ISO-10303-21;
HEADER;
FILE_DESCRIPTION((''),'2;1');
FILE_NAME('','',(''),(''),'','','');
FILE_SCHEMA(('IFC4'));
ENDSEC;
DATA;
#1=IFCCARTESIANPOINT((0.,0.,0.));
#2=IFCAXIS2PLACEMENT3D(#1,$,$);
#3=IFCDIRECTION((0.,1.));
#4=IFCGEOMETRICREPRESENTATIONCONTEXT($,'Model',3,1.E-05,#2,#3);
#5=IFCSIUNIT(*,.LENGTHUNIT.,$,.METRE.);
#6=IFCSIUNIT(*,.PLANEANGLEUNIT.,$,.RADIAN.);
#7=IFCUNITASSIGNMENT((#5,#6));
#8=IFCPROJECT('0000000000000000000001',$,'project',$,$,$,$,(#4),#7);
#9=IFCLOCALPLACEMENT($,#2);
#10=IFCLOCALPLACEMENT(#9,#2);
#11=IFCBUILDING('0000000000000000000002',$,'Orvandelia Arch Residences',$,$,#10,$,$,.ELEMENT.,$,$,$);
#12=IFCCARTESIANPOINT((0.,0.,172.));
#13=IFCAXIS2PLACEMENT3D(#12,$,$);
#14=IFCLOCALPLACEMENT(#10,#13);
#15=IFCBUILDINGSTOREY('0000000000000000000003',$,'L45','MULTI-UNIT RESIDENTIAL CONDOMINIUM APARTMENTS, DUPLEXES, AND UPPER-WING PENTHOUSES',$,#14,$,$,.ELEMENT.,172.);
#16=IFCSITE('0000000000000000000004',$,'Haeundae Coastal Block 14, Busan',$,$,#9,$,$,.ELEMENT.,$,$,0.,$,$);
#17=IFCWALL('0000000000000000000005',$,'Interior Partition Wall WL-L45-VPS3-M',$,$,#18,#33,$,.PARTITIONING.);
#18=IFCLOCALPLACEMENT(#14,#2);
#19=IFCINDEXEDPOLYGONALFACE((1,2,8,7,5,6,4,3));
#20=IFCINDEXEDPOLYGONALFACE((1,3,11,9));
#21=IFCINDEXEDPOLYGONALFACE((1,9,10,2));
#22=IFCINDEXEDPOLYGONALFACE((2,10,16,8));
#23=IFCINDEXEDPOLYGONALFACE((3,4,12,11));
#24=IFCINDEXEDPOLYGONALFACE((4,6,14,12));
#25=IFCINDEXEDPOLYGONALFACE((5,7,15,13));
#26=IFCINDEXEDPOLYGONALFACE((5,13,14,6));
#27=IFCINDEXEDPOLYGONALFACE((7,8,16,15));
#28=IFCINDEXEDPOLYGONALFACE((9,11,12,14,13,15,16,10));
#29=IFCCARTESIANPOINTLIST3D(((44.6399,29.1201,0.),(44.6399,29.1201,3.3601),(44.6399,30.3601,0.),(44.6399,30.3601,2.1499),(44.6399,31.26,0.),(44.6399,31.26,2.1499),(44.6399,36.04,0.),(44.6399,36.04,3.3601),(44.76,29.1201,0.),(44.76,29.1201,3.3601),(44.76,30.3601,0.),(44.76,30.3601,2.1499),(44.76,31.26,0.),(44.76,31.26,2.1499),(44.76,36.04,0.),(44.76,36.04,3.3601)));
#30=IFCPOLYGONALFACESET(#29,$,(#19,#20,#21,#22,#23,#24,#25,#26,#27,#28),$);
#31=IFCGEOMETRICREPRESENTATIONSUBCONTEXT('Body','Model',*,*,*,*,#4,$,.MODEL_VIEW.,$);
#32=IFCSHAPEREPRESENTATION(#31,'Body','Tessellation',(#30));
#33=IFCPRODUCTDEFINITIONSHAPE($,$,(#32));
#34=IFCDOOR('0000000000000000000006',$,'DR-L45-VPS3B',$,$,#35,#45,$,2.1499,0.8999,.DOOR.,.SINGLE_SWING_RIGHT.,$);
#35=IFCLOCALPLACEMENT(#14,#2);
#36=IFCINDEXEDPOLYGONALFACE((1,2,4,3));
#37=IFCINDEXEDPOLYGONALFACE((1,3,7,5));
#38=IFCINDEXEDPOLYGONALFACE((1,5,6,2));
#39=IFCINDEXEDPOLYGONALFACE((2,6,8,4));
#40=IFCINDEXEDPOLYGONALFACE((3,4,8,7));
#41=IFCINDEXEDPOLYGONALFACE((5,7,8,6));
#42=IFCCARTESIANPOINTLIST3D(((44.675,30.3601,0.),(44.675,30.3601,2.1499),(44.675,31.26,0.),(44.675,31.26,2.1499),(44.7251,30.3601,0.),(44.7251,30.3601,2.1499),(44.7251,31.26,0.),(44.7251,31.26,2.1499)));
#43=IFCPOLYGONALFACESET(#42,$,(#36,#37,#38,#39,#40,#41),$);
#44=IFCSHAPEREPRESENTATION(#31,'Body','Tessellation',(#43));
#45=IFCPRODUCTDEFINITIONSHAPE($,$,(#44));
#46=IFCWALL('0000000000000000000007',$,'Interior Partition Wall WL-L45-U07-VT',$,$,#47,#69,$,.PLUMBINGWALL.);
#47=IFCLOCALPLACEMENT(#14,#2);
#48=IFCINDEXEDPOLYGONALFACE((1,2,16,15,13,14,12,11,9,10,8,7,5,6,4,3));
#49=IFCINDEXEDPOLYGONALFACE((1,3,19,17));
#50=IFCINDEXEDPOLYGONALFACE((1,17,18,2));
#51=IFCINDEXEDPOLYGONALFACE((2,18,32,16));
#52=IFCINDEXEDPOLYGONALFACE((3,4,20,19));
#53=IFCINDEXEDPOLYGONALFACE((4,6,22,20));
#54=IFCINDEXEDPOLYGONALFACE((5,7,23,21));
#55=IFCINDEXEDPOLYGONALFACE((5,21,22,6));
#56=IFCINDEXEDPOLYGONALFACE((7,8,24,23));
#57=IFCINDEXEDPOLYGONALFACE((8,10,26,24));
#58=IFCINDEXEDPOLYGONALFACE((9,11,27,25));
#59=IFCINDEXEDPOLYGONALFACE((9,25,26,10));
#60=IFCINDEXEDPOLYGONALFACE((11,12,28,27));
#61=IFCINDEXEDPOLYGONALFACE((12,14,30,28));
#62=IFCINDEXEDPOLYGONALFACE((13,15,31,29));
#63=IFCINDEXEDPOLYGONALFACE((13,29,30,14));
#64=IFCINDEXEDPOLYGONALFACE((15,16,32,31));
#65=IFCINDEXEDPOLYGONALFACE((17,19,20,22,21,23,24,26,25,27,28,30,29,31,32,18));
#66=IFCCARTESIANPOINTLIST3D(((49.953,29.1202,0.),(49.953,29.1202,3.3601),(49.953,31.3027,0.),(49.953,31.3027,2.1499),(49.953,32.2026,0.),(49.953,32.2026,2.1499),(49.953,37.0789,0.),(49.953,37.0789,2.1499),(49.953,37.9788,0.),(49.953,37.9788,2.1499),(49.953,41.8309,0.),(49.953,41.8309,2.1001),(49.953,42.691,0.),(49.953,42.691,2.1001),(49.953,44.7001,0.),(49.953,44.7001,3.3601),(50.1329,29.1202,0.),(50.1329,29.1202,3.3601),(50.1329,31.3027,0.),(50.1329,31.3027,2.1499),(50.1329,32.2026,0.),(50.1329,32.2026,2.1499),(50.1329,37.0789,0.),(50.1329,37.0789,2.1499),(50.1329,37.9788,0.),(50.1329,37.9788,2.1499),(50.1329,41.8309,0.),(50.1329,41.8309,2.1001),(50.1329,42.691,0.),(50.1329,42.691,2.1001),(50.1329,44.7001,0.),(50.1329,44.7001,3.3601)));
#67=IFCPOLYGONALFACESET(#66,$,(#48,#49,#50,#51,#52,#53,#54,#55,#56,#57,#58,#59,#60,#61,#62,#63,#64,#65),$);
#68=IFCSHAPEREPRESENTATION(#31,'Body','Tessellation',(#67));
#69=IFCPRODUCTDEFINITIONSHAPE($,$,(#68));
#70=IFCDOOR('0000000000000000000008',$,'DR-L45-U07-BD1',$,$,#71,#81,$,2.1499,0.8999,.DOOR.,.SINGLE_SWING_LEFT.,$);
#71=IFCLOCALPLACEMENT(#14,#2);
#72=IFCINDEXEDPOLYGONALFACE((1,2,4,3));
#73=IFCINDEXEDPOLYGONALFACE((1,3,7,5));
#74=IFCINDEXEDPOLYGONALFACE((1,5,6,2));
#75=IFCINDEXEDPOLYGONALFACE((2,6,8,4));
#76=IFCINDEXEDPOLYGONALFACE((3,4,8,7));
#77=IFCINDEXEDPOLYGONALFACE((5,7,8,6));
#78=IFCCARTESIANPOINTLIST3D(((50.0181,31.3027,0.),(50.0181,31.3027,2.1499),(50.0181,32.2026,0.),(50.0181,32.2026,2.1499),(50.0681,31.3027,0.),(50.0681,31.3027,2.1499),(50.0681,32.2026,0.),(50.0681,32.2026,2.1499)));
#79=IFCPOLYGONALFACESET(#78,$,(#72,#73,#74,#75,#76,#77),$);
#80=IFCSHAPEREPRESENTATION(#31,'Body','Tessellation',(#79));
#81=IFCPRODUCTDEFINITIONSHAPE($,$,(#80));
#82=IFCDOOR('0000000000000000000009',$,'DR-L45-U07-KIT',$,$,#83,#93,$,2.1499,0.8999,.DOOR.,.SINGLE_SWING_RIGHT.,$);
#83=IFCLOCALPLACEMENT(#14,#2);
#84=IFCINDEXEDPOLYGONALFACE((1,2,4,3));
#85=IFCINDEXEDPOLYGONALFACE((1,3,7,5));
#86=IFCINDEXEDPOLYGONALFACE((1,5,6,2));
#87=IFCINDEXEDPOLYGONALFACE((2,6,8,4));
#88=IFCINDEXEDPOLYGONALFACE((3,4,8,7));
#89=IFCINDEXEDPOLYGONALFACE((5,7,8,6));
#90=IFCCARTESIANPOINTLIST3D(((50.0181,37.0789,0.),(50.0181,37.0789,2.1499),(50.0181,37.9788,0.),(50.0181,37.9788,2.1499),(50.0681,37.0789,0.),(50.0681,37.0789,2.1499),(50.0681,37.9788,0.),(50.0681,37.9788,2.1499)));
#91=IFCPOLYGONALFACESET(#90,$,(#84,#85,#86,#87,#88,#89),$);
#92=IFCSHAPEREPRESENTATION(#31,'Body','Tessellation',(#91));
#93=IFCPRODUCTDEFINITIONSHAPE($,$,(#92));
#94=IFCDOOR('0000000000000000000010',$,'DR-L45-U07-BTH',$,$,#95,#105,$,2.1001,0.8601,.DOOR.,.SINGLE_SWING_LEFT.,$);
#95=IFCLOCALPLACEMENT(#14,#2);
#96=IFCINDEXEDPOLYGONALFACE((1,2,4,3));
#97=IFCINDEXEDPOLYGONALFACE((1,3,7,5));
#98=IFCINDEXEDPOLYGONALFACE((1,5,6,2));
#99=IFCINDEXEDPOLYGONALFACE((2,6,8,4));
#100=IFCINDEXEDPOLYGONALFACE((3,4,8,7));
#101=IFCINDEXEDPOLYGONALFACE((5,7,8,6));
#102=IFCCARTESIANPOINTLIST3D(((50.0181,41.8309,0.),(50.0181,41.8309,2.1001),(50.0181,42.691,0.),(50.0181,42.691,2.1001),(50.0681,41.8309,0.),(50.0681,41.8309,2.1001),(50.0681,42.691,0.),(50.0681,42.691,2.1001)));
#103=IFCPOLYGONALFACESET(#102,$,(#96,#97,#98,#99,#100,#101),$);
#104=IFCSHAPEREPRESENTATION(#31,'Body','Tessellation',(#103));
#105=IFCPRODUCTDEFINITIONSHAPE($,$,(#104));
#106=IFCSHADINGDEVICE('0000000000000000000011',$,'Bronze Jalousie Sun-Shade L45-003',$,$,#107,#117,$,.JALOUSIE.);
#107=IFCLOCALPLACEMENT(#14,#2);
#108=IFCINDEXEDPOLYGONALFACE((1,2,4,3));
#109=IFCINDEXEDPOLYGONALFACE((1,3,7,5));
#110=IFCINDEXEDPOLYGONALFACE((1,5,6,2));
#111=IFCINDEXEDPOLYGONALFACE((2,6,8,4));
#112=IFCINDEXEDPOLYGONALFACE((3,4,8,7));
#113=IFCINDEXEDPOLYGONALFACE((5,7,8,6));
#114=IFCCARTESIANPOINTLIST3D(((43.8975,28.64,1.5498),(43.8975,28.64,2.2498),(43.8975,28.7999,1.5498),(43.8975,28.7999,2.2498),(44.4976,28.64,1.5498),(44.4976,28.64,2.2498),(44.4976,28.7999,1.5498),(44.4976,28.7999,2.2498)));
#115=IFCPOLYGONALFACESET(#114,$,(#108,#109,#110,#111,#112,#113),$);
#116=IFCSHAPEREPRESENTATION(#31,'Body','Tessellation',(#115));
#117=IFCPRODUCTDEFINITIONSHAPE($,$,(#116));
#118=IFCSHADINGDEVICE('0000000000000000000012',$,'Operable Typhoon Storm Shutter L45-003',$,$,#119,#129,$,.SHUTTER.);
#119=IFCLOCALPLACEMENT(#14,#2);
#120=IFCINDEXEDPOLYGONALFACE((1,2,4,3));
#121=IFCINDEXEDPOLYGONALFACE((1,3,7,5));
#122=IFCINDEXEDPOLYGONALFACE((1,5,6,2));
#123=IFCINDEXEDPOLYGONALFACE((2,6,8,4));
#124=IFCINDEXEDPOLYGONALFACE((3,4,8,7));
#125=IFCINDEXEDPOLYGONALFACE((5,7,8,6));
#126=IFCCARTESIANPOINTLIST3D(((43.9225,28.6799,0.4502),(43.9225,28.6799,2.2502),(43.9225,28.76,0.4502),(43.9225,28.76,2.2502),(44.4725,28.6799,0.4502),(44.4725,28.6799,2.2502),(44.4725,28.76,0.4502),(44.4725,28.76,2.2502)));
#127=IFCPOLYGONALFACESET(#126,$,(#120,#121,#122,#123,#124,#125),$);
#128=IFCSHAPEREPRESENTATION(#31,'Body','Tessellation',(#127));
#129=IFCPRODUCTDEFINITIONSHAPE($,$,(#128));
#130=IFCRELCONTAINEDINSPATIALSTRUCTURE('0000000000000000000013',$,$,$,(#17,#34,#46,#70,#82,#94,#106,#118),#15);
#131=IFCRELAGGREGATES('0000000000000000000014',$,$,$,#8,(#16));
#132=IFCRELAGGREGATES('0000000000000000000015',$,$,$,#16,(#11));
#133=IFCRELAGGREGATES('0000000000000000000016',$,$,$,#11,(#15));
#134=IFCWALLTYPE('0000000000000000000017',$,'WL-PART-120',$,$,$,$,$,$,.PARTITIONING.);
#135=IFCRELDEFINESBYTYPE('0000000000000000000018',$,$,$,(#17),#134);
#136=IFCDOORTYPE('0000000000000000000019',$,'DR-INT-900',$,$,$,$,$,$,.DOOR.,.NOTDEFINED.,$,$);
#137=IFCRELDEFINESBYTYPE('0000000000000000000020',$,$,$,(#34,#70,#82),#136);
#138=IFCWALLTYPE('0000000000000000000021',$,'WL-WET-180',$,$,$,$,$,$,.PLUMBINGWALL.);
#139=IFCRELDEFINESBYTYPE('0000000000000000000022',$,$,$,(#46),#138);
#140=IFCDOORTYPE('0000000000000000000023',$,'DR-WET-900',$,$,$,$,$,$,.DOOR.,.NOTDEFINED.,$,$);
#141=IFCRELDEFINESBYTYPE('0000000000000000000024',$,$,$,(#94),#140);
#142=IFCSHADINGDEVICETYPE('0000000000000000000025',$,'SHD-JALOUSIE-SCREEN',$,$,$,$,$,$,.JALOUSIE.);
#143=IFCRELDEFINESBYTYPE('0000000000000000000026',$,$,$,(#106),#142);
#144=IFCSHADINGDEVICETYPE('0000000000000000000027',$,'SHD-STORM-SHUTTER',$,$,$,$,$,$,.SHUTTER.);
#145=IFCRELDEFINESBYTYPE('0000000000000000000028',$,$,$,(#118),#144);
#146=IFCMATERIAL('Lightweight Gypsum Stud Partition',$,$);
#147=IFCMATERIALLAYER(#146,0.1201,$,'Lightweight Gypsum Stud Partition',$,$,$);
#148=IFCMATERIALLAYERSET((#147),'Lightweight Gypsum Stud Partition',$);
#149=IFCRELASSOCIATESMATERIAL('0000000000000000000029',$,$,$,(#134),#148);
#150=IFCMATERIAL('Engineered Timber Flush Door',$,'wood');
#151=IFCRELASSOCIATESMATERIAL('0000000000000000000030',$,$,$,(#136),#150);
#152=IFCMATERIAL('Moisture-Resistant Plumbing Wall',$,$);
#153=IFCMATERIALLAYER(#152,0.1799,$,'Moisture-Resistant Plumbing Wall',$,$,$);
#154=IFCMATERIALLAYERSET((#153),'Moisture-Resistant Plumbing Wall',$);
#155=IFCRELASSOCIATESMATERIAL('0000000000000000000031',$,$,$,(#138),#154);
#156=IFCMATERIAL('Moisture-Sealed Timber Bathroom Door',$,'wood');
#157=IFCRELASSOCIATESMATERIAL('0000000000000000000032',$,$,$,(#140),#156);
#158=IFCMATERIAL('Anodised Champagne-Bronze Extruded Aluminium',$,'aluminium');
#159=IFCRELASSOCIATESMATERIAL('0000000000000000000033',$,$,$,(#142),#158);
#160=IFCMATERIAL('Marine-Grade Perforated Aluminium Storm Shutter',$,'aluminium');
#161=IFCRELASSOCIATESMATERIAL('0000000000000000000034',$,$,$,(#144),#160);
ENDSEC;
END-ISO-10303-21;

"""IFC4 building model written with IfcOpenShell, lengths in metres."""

from ifc_helpers import new_model, si_unit, direction, frame, frame_2d, origin, origin_2d, place, context, subcontext, project, spatial, rectangle, extrude, material, layer, layer_set, type_object, element, fill, save


model = new_model("IFC4")

# Units and contexts
model_context = context("Model", 3, precision=1e-05, world=origin(), true_north=direction((0.0, 1.0)))
body_context = subcontext(model_context, "Body", "Model", "MODEL_VIEW")
ifc_project = project(units=[si_unit("LENGTHUNIT", "METRE"), si_unit("PLANEANGLEUNIT", "RADIAN")], contexts=[model_context])

# Site, building, storey
site_placement = place(None, origin())
site = spatial("IfcSite", under=ifc_project, at=site_placement, Name="Haeundae Coastal Block 14, Busan", CompositionType="ELEMENT", RefElevation=0.0)
building_placement = place(site_placement, origin())
building = spatial("IfcBuilding", under=site, at=building_placement, Name="Orvandelia Arch Residences", CompositionType="ELEMENT")
storey_placement = place(building_placement, frame((0.0, 0.0, 172.0)))
storey = spatial("IfcBuildingStorey", under=building, at=storey_placement, Name="L45", Description="MULTI-UNIT RESIDENTIAL CONDOMINIUM APARTMENTS, DUPLEXES, AND UPPER-WING PENTHOUSES", CompositionType="ELEMENT", Elevation=172.0)

# Wall, opening, door
ifc_material_1 = material(Name="Lightweight Gypsum Stud Partition")
ifc_layer_1 = layer(ifc_material_1, 0.1201, Name="Lightweight Gypsum Stud Partition")
ifc_layer_set_1 = layer_set([ifc_layer_1], Name="Lightweight Gypsum Stud Partition")
wall_type_1 = type_object("IfcWallType", Name="WL-PART-120", PredefinedType="PARTITIONING", material=ifc_layer_set_1)
wall_1_placement = place(storey_placement, frame((44.7, 29.1201, 0.0), z_axis=(0.0, 0.0, 1.0), x_axis=(0.0, 1.0, 0.0)))
wall_1 = element("IfcWall", 1, at=wall_1_placement, inside=storey, type_object=wall_type_1, Name="Interior Partition Wall WL-L45-VPS3-M", PredefinedType="PARTITIONING", context=body_context, shape_type="SweptSolid", body=[
    extrude(rectangle(XDim=6.9199, YDim=0.1201, at=frame_2d((3.46, 0.0))), origin(), (0.0, 0.0, 1.0), 3.3601),
])
opening_1_placement = place(wall_1_placement, frame((1.24, 0.0, 0.0)))
opening_1 = element("IfcOpeningElement", 2, at=opening_1_placement, cuts=wall_1, PredefinedType="OPENING", context=body_context, shape_type="SweptSolid", body=[
    extrude(rectangle(XDim=0.8999, YDim=2.1499, at=frame_2d((0.45, 1.075))), frame((0.0, 0.0701, 0.0), z_axis=(0.0, -1.0, 0.0), x_axis=(1.0, 0.0, 0.0)), (0.0, 0.0, 1.0), 0.1401),
])
ifc_material_2 = material(Name="Engineered Timber Flush Door", Category="wood")
door_type_1 = type_object("IfcDoorType", Name="DR-INT-900", OperationType="NOTDEFINED", PredefinedType="DOOR", material=ifc_material_2)
door_1_placement = place(opening_1_placement, origin())
door_1 = element("IfcDoor", 3, at=door_1_placement, inside=storey, type_object=door_type_1, Name="DR-L45-VPS3B", OperationType="SINGLE_SWING_RIGHT", OverallHeight=2.1499, OverallWidth=0.8999, PredefinedType="DOOR", context=body_context, shape_type="SweptSolid", body=[
    extrude(rectangle(XDim=0.8999, YDim=2.1499, at=frame_2d((0.45, 1.075))), frame((0.0, 0.0249, 0.0), z_axis=(0.0, -1.0, 0.0), x_axis=(1.0, 0.0, 0.0)), (0.0, 0.0, 1.0), 0.05),
])
fill(opening_1, door_1)

# Wall, openings, doors
ifc_material_3 = material(Name="Moisture-Resistant Plumbing Wall")
ifc_layer_2 = layer(ifc_material_3, 0.1799, Name="Moisture-Resistant Plumbing Wall")
ifc_layer_set_2 = layer_set([ifc_layer_2], Name="Moisture-Resistant Plumbing Wall")
wall_type_2 = type_object("IfcWallType", Name="WL-WET-180", PredefinedType="PLUMBINGWALL", material=ifc_layer_set_2)
wall_2_placement = place(storey_placement, frame((50.043, 29.1201, 0.0), z_axis=(0.0, 0.0, 1.0), x_axis=(0.0, 1.0, 0.0)))
wall_2 = element("IfcWall", 4, at=wall_2_placement, inside=storey, type_object=wall_type_2, Name="Interior Partition Wall WL-L45-U07-VT", PredefinedType="PLUMBINGWALL", context=body_context, shape_type="SweptSolid", body=[
    extrude(rectangle(XDim=15.5798, YDim=0.1799, at=frame_2d((7.79, 0.0))), origin(), (0.0, 0.0, 1.0), 3.3601),
])
opening_2_placement = place(wall_2_placement, frame((2.1826, 0.0, 0.0)))
opening_2 = element("IfcOpeningElement", 5, at=opening_2_placement, cuts=wall_2, PredefinedType="OPENING", context=body_context, shape_type="SweptSolid", body=[
    extrude(rectangle(XDim=0.8999, YDim=2.1499, at=frame_2d((0.45, 1.075))), frame((0.0, 0.1001, 0.0), z_axis=(0.0, -1.0, 0.0), x_axis=(1.0, 0.0, 0.0)), (0.0, 0.0, 1.0), 0.2),
])
opening_3_placement = place(wall_2_placement, frame((7.9587, 0.0, 0.0)))
opening_3 = element("IfcOpeningElement", 6, at=opening_3_placement, cuts=wall_2, PredefinedType="OPENING", context=body_context, shape_type="SweptSolid", body=[
    extrude(rectangle(XDim=0.8999, YDim=2.1499, at=frame_2d((0.45, 1.075))), frame((0.0, 0.1001, 0.0), z_axis=(0.0, -1.0, 0.0), x_axis=(1.0, 0.0, 0.0)), (0.0, 0.0, 1.0), 0.2),
])
opening_4_placement = place(wall_2_placement, frame((12.7107, 0.0, 0.0)))
opening_4 = element("IfcOpeningElement", 7, at=opening_4_placement, cuts=wall_2, PredefinedType="OPENING", context=body_context, shape_type="SweptSolid", body=[
    extrude(rectangle(XDim=0.8601, YDim=2.1001, at=frame_2d((0.4302, 1.05))), frame((0.0, 0.1001, 0.0), z_axis=(0.0, -1.0, 0.0), x_axis=(1.0, 0.0, 0.0)), (0.0, 0.0, 1.0), 0.2),
])
door_2_placement = place(opening_2_placement, origin())
door_2 = element("IfcDoor", 8, at=door_2_placement, inside=storey, type_object=door_type_1, Name="DR-L45-U07-BD1", OperationType="SINGLE_SWING_LEFT", OverallHeight=2.1499, OverallWidth=0.8999, PredefinedType="DOOR", context=body_context, shape_type="SweptSolid", body=[
    extrude(rectangle(XDim=0.8999, YDim=2.1499, at=frame_2d((0.45, 1.075))), frame((0.0, 0.0249, 0.0), z_axis=(0.0, -1.0, 0.0), x_axis=(1.0, 0.0, 0.0)), (0.0, 0.0, 1.0), 0.05),
])
fill(opening_2, door_2)
door_3_placement = place(opening_3_placement, origin())
door_3 = element("IfcDoor", 9, at=door_3_placement, inside=storey, type_object=door_type_1, Name="DR-L45-U07-KIT", OperationType="SINGLE_SWING_RIGHT", OverallHeight=2.1499, OverallWidth=0.8999, PredefinedType="DOOR", context=body_context, shape_type="SweptSolid", body=[
    extrude(rectangle(XDim=0.8999, YDim=2.1499, at=frame_2d((0.45, 1.075))), frame((0.0, 0.0249, 0.0), z_axis=(0.0, -1.0, 0.0), x_axis=(1.0, 0.0, 0.0)), (0.0, 0.0, 1.0), 0.05),
])
fill(opening_3, door_3)
ifc_material_4 = material(Name="Moisture-Sealed Timber Bathroom Door", Category="wood")
door_type_2 = type_object("IfcDoorType", Name="DR-WET-900", OperationType="NOTDEFINED", PredefinedType="DOOR", material=ifc_material_4)
door_4_placement = place(opening_4_placement, origin())
door_4 = element("IfcDoor", 10, at=door_4_placement, inside=storey, type_object=door_type_2, Name="DR-L45-U07-BTH", OperationType="SINGLE_SWING_LEFT", OverallHeight=2.1001, OverallWidth=0.8601, PredefinedType="DOOR", context=body_context, shape_type="SweptSolid", body=[
    extrude(rectangle(XDim=0.8601, YDim=2.1001, at=frame_2d((0.4302, 1.05))), frame((0.0, 0.0249, 0.0), z_axis=(0.0, -1.0, 0.0), x_axis=(1.0, 0.0, 0.0)), (0.0, 0.0, 1.0), 0.05),
])
fill(opening_4, door_4)

# Shading devices
ifc_material_5 = material(Name="Anodised Champagne-Bronze Extruded Aluminium", Category="aluminium")
shading_device_type_1 = type_object("IfcShadingDeviceType", Name="SHD-JALOUSIE-SCREEN", PredefinedType="JALOUSIE", material=ifc_material_5)
shading_device_1_placement = place(storey_placement, frame((44.1975, 28.72, 1.5498), z_axis=(0.0, 0.0, 1.0), x_axis=(-1.0, 0.0, 0.0)))
element("IfcShadingDevice", 11, at=shading_device_1_placement, inside=storey, type_object=shading_device_type_1, Name="Bronze Jalousie Sun-Shade L45-003", PredefinedType="JALOUSIE", context=body_context, shape_type="SweptSolid", body=[
    extrude(rectangle(XDim=0.6001, YDim=0.1599, at=origin_2d()), origin(), (0.0, 0.0, 1.0), 0.7),
])
ifc_material_6 = material(Name="Marine-Grade Perforated Aluminium Storm Shutter", Category="aluminium")
shading_device_type_2 = type_object("IfcShadingDeviceType", Name="SHD-STORM-SHUTTER", PredefinedType="SHUTTER", material=ifc_material_6)
shading_device_2_placement = place(storey_placement, frame((44.1975, 28.72, 0.4502), z_axis=(0.0, 0.0, 1.0), x_axis=(-1.0, 0.0, 0.0)))
element("IfcShadingDevice", 12, at=shading_device_2_placement, inside=storey, type_object=shading_device_type_2, Name="Operable Typhoon Storm Shutter L45-003", PredefinedType="SHUTTER", context=body_context, shape_type="SweptSolid", body=[
    extrude(rectangle(XDim=0.55, YDim=0.0801, at=origin_2d()), origin(), (0.0, 0.0, 1.0), 1.8),
])

save(model, "model.ifc")
